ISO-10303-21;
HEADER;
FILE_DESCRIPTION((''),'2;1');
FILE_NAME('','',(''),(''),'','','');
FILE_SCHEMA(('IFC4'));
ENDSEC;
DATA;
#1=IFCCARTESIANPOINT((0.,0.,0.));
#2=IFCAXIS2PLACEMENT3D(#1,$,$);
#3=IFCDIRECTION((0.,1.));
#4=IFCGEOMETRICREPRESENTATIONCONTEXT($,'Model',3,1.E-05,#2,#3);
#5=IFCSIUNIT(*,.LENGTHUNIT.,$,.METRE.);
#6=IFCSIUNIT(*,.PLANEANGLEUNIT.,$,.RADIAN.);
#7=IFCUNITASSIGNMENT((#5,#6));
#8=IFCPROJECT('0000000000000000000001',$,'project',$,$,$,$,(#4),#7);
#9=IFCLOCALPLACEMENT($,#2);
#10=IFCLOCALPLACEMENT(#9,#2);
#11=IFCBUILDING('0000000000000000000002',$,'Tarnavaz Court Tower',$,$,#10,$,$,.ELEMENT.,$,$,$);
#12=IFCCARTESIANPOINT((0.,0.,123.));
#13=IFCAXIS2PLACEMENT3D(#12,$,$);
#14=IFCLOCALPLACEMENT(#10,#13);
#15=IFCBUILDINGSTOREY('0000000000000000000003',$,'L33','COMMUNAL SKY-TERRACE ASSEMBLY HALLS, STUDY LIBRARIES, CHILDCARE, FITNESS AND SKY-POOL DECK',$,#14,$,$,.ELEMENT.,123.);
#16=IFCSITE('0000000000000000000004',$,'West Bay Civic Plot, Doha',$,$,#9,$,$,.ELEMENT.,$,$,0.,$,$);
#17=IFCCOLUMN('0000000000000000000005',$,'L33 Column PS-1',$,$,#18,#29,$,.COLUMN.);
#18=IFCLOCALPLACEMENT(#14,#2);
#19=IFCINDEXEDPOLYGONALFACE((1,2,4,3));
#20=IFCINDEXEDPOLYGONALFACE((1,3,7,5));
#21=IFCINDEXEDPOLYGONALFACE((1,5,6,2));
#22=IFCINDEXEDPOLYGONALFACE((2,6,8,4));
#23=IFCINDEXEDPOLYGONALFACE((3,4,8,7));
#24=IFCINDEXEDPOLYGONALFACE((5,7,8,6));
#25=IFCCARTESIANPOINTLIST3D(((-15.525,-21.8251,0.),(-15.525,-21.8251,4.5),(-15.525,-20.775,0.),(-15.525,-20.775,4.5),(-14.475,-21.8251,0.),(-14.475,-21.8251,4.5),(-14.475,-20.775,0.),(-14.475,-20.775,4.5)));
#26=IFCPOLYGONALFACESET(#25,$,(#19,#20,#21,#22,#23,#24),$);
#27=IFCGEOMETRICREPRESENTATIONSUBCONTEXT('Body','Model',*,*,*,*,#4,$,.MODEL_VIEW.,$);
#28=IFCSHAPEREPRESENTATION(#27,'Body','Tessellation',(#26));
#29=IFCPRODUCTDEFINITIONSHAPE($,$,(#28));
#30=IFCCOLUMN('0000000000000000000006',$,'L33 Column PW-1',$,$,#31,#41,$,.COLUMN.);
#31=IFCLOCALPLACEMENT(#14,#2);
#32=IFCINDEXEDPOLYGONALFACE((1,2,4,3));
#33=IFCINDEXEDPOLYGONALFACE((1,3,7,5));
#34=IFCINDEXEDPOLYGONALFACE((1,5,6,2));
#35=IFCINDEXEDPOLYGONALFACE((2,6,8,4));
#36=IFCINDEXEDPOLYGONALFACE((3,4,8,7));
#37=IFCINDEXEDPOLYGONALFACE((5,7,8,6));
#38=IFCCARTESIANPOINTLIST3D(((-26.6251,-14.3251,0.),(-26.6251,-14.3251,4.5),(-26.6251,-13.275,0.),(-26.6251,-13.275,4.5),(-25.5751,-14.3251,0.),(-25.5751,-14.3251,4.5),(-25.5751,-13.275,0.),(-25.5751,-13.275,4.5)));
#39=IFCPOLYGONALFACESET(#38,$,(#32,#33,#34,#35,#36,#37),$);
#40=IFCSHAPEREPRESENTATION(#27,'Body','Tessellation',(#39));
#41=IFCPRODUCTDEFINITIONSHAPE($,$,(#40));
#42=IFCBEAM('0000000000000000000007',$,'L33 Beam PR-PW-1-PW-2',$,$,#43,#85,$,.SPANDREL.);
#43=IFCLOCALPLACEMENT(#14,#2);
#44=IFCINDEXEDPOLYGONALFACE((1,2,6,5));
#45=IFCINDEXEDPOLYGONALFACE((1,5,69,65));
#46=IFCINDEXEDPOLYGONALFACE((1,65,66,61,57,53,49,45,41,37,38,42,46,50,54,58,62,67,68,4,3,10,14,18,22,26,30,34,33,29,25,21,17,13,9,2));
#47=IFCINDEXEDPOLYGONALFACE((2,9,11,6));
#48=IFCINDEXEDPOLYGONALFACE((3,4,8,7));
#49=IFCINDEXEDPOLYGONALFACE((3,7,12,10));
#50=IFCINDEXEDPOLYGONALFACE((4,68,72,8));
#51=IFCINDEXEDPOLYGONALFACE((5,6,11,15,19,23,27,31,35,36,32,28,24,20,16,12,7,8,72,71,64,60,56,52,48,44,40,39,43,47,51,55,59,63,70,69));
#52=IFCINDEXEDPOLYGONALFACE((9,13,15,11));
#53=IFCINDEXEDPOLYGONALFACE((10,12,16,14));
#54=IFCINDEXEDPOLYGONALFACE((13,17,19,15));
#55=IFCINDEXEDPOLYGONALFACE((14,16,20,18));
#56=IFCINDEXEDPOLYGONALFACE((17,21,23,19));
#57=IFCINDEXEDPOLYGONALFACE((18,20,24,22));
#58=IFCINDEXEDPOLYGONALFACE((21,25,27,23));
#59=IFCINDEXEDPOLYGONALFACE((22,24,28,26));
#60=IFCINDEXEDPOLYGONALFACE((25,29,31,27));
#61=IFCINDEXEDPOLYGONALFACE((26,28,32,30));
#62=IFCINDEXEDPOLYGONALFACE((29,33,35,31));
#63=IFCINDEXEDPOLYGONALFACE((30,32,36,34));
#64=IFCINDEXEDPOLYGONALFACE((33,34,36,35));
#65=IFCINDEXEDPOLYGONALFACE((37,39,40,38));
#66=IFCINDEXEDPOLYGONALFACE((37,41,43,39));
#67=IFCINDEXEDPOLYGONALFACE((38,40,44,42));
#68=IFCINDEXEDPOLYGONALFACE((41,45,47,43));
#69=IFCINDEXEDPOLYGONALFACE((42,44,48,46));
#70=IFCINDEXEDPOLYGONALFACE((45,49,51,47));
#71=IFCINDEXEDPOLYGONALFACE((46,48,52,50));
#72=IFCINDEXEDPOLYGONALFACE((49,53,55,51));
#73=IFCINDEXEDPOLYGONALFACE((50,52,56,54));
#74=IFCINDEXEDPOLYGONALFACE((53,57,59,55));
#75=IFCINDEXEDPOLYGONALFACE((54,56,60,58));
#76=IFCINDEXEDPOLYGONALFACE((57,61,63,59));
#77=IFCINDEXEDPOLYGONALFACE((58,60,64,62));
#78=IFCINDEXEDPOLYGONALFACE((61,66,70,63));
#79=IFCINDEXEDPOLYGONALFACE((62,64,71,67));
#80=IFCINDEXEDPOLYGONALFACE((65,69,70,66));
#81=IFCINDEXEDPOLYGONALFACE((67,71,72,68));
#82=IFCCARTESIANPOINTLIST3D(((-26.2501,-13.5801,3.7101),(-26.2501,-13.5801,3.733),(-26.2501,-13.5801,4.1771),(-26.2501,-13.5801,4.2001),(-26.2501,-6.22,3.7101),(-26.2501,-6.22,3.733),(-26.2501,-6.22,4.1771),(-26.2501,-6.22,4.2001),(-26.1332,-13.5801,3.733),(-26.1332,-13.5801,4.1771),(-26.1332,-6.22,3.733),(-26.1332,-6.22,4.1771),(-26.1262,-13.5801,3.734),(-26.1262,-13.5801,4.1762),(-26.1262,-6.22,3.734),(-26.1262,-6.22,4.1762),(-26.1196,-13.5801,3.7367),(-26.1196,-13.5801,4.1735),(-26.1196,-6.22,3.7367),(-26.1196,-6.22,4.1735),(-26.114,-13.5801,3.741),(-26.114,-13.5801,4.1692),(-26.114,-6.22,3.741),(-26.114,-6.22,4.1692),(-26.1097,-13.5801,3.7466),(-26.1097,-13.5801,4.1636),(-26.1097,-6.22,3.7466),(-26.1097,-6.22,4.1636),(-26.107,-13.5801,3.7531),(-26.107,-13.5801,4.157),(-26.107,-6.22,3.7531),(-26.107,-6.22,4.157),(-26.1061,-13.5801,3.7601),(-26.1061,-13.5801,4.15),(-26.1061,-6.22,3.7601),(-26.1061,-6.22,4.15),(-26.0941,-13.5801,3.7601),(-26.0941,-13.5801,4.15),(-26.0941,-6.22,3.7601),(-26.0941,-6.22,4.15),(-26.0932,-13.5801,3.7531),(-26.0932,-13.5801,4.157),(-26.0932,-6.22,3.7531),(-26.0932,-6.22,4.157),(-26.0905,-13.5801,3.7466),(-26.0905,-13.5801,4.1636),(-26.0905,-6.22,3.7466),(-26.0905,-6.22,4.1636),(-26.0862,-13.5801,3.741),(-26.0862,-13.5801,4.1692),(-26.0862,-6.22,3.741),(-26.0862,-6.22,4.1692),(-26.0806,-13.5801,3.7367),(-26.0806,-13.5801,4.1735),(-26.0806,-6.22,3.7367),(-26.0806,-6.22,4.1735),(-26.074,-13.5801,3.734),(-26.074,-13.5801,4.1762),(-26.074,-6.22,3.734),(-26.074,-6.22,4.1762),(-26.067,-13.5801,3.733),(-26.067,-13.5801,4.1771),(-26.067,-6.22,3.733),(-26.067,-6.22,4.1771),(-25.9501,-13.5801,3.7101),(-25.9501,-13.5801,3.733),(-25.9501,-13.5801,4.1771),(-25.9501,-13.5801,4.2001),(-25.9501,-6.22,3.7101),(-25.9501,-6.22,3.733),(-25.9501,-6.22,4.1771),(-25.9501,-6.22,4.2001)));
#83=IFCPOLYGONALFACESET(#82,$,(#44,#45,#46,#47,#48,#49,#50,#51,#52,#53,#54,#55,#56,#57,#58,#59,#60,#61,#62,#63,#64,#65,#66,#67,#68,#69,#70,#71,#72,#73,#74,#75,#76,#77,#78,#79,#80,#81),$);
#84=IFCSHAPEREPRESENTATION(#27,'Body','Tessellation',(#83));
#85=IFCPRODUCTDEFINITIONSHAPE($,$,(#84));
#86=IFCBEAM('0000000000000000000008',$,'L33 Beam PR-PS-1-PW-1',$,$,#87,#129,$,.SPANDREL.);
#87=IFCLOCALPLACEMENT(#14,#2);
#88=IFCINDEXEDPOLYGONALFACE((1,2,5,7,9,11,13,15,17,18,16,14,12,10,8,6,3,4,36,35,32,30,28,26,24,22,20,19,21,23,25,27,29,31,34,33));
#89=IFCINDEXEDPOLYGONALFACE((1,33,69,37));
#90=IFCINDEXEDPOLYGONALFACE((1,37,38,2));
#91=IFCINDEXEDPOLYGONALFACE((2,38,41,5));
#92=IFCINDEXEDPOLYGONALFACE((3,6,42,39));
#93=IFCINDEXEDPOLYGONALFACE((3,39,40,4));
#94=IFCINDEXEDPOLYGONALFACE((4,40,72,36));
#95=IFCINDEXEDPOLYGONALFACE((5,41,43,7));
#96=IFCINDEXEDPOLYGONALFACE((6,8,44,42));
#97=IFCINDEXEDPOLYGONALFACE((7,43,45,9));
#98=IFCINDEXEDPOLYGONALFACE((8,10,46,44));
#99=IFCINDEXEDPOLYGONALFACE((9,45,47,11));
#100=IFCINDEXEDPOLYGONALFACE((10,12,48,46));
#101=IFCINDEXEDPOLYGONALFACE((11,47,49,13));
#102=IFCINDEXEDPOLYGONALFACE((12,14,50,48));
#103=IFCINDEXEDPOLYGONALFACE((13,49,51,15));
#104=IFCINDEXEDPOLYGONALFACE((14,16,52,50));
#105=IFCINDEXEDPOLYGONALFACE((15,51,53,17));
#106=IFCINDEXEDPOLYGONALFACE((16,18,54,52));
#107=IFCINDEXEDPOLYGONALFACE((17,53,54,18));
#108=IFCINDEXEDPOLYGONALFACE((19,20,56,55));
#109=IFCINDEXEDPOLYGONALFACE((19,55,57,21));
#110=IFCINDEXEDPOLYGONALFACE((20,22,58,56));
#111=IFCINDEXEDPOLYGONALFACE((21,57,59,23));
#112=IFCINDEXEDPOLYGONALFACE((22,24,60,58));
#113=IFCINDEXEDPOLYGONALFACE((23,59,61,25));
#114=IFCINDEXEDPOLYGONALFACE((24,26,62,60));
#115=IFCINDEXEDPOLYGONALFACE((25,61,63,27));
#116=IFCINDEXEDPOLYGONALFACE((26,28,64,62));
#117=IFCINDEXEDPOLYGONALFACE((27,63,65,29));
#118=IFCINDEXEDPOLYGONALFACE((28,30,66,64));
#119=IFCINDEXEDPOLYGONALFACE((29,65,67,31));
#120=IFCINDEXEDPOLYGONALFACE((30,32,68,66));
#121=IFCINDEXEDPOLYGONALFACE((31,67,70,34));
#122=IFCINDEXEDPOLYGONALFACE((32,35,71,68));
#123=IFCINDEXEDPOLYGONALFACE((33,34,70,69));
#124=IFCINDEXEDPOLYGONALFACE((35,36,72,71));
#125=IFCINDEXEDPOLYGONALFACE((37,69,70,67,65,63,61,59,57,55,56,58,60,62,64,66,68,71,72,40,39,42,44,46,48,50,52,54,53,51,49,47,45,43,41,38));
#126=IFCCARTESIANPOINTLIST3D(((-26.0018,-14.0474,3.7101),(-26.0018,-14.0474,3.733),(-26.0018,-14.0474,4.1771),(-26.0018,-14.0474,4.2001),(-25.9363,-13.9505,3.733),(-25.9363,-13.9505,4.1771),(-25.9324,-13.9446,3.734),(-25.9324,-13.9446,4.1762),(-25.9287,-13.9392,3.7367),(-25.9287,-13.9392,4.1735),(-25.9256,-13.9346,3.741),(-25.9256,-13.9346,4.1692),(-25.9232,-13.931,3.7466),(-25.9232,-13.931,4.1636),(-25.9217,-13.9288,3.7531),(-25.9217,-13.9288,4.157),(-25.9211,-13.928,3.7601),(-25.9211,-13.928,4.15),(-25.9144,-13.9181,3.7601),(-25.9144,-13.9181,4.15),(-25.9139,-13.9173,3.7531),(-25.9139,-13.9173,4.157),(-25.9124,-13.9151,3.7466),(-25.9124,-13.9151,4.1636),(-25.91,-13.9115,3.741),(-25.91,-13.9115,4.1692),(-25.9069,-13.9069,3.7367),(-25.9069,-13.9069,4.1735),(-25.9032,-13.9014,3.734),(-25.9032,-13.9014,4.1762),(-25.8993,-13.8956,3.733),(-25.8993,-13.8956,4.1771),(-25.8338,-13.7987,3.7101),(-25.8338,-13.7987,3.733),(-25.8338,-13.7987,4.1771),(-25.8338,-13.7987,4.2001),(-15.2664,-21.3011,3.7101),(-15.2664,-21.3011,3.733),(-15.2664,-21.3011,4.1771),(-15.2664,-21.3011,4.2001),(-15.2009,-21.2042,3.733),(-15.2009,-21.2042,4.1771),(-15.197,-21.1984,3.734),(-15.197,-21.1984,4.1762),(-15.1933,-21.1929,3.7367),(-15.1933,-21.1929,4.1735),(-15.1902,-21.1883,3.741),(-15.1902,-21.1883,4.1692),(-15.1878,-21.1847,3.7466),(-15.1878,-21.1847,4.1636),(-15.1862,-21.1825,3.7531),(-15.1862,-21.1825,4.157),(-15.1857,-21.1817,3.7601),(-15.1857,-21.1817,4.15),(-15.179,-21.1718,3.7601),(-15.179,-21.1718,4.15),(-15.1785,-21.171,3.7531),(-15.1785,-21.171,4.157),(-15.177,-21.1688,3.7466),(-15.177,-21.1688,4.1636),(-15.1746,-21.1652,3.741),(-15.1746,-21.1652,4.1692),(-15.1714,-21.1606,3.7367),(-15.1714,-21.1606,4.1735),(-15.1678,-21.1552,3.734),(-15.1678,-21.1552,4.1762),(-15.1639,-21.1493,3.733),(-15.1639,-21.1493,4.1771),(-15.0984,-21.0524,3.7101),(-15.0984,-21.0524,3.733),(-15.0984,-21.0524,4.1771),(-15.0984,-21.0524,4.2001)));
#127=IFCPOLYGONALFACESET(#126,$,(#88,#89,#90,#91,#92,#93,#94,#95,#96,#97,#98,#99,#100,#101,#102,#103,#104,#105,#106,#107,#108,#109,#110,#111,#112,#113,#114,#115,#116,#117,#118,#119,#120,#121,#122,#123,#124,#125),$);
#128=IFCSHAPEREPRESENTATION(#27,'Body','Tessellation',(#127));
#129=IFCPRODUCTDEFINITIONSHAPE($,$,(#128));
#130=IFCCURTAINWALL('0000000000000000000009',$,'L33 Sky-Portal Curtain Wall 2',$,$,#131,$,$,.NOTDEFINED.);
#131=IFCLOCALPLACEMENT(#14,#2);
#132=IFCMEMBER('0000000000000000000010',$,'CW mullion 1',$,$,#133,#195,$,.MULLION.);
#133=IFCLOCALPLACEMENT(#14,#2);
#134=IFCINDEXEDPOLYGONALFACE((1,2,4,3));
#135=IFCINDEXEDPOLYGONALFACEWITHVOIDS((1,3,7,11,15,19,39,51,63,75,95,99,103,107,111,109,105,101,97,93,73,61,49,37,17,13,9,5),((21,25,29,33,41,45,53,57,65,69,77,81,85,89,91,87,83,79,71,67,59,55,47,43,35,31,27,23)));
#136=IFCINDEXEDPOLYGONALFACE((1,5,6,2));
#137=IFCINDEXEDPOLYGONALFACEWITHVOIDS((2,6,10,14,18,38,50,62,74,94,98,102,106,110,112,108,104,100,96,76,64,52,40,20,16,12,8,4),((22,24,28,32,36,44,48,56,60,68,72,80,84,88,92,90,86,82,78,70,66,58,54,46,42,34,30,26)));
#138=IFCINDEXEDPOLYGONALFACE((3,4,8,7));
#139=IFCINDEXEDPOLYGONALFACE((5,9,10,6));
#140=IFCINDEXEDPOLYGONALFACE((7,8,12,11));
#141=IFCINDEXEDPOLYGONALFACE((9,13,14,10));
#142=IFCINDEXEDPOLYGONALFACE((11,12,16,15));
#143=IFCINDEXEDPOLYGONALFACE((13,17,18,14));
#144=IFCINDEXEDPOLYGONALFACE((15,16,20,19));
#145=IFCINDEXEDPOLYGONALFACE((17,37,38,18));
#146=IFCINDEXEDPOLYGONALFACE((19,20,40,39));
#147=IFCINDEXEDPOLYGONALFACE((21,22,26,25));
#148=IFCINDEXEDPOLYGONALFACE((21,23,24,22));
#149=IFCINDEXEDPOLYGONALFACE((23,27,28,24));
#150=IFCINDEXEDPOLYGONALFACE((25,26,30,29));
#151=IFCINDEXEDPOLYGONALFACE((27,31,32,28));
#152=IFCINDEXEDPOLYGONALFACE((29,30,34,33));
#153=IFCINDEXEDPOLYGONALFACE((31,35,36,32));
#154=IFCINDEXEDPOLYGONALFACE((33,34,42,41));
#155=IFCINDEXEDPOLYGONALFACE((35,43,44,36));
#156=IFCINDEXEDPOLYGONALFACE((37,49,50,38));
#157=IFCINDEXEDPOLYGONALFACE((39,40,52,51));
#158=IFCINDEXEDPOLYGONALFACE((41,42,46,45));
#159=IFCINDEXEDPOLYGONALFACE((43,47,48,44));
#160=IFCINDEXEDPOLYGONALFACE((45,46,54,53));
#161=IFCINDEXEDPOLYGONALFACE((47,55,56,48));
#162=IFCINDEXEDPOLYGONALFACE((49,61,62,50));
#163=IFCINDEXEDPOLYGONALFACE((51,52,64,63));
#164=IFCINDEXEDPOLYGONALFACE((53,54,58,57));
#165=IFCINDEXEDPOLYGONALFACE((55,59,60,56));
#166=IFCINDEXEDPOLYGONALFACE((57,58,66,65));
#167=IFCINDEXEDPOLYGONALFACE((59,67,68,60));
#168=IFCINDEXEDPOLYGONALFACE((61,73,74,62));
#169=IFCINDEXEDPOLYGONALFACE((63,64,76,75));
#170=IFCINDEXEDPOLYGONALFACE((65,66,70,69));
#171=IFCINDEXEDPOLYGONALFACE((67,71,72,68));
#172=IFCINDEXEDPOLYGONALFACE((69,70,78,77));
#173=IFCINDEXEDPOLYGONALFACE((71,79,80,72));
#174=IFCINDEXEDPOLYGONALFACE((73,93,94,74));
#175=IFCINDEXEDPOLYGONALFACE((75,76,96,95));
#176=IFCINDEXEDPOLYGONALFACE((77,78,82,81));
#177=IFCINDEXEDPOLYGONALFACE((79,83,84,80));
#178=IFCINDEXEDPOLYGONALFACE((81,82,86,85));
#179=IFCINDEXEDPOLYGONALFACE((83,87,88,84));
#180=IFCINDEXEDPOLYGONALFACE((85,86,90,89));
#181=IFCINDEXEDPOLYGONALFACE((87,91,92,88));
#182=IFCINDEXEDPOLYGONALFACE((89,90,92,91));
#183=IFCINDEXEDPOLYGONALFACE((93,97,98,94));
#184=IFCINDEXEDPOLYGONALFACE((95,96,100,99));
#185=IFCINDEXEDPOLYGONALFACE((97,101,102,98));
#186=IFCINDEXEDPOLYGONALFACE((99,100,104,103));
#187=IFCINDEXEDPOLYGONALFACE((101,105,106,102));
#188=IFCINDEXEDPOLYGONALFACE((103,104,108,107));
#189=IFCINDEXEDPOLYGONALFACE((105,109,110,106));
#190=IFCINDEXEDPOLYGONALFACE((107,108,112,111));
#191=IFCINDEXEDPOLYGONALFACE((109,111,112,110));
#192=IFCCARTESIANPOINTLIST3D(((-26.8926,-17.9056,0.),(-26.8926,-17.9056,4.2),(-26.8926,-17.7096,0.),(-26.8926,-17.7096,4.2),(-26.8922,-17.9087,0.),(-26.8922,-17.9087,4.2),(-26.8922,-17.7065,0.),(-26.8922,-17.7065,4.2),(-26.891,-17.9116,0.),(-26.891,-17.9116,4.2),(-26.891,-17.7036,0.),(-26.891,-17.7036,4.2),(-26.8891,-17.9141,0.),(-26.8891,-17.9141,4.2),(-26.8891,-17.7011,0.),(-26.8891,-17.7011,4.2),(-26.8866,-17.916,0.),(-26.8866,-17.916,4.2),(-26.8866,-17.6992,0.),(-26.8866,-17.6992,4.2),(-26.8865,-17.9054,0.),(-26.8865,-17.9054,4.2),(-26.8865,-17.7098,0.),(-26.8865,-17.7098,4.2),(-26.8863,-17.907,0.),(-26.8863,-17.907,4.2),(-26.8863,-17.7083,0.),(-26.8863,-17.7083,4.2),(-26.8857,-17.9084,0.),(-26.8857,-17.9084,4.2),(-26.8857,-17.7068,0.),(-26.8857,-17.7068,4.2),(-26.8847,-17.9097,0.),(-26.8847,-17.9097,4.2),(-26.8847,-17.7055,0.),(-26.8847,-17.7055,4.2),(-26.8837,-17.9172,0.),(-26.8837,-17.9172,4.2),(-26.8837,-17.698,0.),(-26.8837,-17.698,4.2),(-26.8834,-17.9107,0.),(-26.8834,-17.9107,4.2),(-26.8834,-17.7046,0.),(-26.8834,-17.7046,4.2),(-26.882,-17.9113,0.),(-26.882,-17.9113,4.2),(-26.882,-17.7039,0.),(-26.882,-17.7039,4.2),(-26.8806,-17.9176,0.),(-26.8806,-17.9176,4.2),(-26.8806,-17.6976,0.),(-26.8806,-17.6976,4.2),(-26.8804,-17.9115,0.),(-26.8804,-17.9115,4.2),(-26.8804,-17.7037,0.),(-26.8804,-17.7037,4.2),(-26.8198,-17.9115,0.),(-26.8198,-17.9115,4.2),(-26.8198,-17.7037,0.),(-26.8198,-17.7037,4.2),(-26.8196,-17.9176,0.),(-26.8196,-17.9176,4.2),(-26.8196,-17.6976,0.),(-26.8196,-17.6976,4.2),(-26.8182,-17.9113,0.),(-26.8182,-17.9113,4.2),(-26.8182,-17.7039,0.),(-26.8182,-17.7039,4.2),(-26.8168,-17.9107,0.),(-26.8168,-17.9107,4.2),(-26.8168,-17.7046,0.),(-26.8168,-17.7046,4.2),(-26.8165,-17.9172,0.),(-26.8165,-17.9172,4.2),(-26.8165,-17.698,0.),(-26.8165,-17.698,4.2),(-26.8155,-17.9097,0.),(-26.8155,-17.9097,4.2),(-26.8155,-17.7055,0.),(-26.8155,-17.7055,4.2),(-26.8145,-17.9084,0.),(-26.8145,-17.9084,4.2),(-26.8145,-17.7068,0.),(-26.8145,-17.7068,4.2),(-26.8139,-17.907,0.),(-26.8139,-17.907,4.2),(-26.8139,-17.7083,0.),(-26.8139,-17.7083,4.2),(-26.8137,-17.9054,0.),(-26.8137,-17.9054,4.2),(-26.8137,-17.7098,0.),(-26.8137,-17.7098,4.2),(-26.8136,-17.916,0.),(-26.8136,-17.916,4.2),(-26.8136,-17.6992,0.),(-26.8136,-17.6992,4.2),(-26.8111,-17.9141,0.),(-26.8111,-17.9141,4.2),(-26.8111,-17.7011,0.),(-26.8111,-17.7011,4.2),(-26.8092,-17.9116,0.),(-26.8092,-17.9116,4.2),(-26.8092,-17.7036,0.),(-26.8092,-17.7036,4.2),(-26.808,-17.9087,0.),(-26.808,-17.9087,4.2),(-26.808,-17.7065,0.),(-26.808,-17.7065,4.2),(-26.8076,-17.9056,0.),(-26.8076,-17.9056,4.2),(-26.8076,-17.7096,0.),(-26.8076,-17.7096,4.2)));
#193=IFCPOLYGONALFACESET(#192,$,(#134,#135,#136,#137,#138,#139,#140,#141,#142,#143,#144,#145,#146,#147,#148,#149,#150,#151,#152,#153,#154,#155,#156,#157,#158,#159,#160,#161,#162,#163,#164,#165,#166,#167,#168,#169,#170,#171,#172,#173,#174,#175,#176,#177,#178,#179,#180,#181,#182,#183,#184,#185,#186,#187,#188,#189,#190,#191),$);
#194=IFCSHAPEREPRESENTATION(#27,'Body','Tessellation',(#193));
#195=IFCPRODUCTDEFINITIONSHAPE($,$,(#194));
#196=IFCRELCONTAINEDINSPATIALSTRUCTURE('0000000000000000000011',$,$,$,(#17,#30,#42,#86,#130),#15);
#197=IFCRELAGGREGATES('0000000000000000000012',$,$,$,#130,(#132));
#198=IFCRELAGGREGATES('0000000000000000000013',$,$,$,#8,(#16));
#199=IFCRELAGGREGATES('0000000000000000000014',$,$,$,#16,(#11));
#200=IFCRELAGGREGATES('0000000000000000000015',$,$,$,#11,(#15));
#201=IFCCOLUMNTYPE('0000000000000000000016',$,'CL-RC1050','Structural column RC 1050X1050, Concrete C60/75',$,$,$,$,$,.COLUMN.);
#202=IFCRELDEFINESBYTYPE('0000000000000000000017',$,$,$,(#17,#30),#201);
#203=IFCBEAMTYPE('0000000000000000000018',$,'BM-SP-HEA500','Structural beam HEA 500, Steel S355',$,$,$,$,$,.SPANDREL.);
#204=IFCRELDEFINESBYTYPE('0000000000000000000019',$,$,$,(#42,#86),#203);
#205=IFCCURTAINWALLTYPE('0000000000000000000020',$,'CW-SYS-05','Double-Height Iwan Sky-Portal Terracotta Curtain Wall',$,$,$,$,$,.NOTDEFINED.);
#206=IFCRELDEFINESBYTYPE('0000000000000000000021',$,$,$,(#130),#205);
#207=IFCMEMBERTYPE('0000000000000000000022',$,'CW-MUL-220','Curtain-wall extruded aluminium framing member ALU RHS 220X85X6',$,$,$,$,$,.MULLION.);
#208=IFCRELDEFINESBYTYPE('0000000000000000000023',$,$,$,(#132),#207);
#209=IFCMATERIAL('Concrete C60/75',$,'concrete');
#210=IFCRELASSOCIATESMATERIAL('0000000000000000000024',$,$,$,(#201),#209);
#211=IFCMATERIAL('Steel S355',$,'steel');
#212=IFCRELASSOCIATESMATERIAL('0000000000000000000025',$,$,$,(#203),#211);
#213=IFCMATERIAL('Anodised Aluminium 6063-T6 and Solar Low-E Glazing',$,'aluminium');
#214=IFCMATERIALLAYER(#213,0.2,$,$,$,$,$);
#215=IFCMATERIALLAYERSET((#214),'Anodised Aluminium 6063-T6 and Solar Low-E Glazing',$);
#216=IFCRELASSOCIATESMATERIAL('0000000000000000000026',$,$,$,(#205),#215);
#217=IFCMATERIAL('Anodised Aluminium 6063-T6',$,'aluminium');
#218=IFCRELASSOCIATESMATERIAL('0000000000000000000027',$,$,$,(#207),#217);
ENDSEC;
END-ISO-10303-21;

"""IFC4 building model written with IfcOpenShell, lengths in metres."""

from ifc_helpers import new_model, si_unit, direction, frame, origin, origin_2d, place, context, subcontext, project, spatial, rectangle, hollow_rectangle, i_section, extrude, material, layer, layer_set, material_profile, profile_set, type_object, element, aggregate, save


model = new_model("IFC4")

# Units and contexts
model_context = context("Model", 3, precision=1e-05, world=origin(), true_north=direction((0.0, 1.0)))
body_context = subcontext(model_context, "Body", "Model", "MODEL_VIEW")
ifc_project = project(units=[si_unit("LENGTHUNIT", "METRE"), si_unit("PLANEANGLEUNIT", "RADIAN")], contexts=[model_context])

# Site, building, storey
site_placement = place(None, origin())
site = spatial("IfcSite", under=ifc_project, at=site_placement, Name="West Bay Civic Plot, Doha", CompositionType="ELEMENT", RefElevation=0.0)
building_placement = place(site_placement, origin())
building = spatial("IfcBuilding", under=site, at=building_placement, Name="Tarnavaz Court Tower", CompositionType="ELEMENT")
storey_placement = place(building_placement, frame((0.0, 0.0, 123.0)))
storey = spatial("IfcBuildingStorey", under=building, at=storey_placement, Name="L33", Description="COMMUNAL SKY-TERRACE ASSEMBLY HALLS, STUDY LIBRARIES, CHILDCARE, FITNESS AND SKY-POOL DECK", CompositionType="ELEMENT", Elevation=123.0)

# Columns
ifc_material_1 = material(Name="Concrete C60/75", Category="concrete")
ifc_material_profile_1 = material_profile(ifc_material_1, rectangle(XDim=1.05, YDim=1.05, at=origin_2d()), Name="RC 1050X1050")
ifc_profile_set_1 = profile_set([ifc_material_profile_1], Name="Concrete C60/75")
column_type = type_object("IfcColumnType", Name="CL-RC1050", Description="Structural column RC 1050X1050, Concrete C60/75", PredefinedType="COLUMN", material=ifc_profile_set_1)
for number, where, z_axis, x_axis, name in (
    (1, (-15.0, -21.3, 0.0), (0.0, 0.0, 1.0), (1.0, 0.0, 0.0), "L33 Column PS-1"),
    (2, (-26.1001, -13.8, 0.0), (0.0, 0.0, 1.0), (1.0, 0.0, 0.0), "L33 Column PW-1"),
):
    element("IfcColumn", number, at=place(storey_placement, frame(where, z_axis=z_axis, x_axis=x_axis)), inside=storey, type_object=column_type, Name=name, PredefinedType="COLUMN", context=body_context, shape_type="SweptSolid", body=[
        extrude(rectangle(XDim=1.05, YDim=1.05, at=origin_2d()), origin(), (0.0, 0.0, 1.0), 4.5),
    ])

# Beams
ifc_material_2 = material(Name="Steel S355", Category="steel")
ifc_material_profile_2 = material_profile(ifc_material_2, i_section(OverallWidth=0.3, OverallDepth=0.49, WebThickness=0.012, FlangeThickness=0.0229, FilletRadius=0.0271, at=origin_2d()), Name="HEA 500")
ifc_profile_set_2 = profile_set([ifc_material_profile_2], Name="Steel S355")
beam_type = type_object("IfcBeamType", Name="BM-SP-HEA500", Description="Structural beam HEA 500, Steel S355", PredefinedType="SPANDREL", material=ifc_profile_set_2)
beam_1_placement = place(storey_placement, frame((-26.1001, -13.5801, 3.9551), z_axis=(0.0, 1.0, 0.0), x_axis=(-1.0, 0.0, 0.0)))
element("IfcBeam", 3, at=beam_1_placement, inside=storey, type_object=beam_type, Name="L33 Beam PR-PW-1-PW-2", PredefinedType="SPANDREL", context=body_context, shape_type="SweptSolid", body=[
    extrude(i_section(OverallWidth=0.3, OverallDepth=0.49, WebThickness=0.012, FlangeThickness=0.0229, FilletRadius=0.0271, at=origin_2d()), origin(), (0.0, 0.0, 1.0), 7.3601),
])
beam_2_placement = place(storey_placement, frame((-15.1824, -21.1768, 3.9551), z_axis=(-0.828587, 0.55986, 0.0), x_axis=(-0.55986, -0.828587, 0.0)))
element("IfcBeam", 4, at=beam_2_placement, inside=storey, type_object=beam_type, Name="L33 Beam PR-PS-1-PW-1", PredefinedType="SPANDREL", context=body_context, shape_type="SweptSolid", body=[
    extrude(i_section(OverallWidth=0.3, OverallDepth=0.49, WebThickness=0.012, FlangeThickness=0.0229, FilletRadius=0.0271, at=origin_2d()), origin(), (0.0, 0.0, 1.0), 12.9563),
])

# Curtain wall, member
ifc_material_3 = material(Name="Anodised Aluminium 6063-T6 and Solar Low-E Glazing", Category="aluminium")
ifc_layer_1 = layer(ifc_material_3, 0.2)
ifc_layer_set_1 = layer_set([ifc_layer_1], Name="Anodised Aluminium 6063-T6 and Solar Low-E Glazing")
curtain_wall_type = type_object("IfcCurtainWallType", Name="CW-SYS-05", Description="Double-Height Iwan Sky-Portal Terracotta Curtain Wall", PredefinedType="NOTDEFINED", material=ifc_layer_set_1)
curtain_wall_placement = place(storey_placement, origin())
curtain_wall = element("IfcCurtainWall", 5, at=curtain_wall_placement, inside=storey, type_object=curtain_wall_type, Name="L33 Sky-Portal Curtain Wall 2", PredefinedType="NOTDEFINED")
ifc_material_4 = material(Name="Anodised Aluminium 6063-T6", Category="aluminium")
ifc_material_profile_3 = material_profile(ifc_material_4, hollow_rectangle(XDim=0.085, YDim=0.22, WallThickness=0.0061, InnerFilletRadius=0.0061, OuterFilletRadius=0.012, at=origin_2d()), Name="ALU RHS 220X85X6")
ifc_profile_set_3 = profile_set([ifc_material_profile_3], Name="Anodised Aluminium 6063-T6")
member_type_1 = type_object("IfcMemberType", Name="CW-MUL-220", Description="Curtain-wall extruded aluminium framing member ALU RHS 220X85X6", PredefinedType="MULLION", material=ifc_profile_set_3)
member_1_placement = place(storey_placement, frame((-26.8501, -17.8076, 0.0), z_axis=(0.0, 0.0, 1.0), x_axis=(-1.0, 0.0, 0.0)))
member_1 = element("IfcMember", 6, at=member_1_placement, type_object=member_type_1, Name="CW mullion 1", PredefinedType="MULLION", context=body_context, shape_type="SweptSolid", body=[
    extrude(hollow_rectangle(XDim=0.085, YDim=0.22, WallThickness=0.0061, InnerFilletRadius=0.0061, OuterFilletRadius=0.012, at=origin_2d()), origin(), (0.0, 0.0, 1.0), 4.2),
])
aggregate(curtain_wall, [member_1])

save(model, "model.ifc")
